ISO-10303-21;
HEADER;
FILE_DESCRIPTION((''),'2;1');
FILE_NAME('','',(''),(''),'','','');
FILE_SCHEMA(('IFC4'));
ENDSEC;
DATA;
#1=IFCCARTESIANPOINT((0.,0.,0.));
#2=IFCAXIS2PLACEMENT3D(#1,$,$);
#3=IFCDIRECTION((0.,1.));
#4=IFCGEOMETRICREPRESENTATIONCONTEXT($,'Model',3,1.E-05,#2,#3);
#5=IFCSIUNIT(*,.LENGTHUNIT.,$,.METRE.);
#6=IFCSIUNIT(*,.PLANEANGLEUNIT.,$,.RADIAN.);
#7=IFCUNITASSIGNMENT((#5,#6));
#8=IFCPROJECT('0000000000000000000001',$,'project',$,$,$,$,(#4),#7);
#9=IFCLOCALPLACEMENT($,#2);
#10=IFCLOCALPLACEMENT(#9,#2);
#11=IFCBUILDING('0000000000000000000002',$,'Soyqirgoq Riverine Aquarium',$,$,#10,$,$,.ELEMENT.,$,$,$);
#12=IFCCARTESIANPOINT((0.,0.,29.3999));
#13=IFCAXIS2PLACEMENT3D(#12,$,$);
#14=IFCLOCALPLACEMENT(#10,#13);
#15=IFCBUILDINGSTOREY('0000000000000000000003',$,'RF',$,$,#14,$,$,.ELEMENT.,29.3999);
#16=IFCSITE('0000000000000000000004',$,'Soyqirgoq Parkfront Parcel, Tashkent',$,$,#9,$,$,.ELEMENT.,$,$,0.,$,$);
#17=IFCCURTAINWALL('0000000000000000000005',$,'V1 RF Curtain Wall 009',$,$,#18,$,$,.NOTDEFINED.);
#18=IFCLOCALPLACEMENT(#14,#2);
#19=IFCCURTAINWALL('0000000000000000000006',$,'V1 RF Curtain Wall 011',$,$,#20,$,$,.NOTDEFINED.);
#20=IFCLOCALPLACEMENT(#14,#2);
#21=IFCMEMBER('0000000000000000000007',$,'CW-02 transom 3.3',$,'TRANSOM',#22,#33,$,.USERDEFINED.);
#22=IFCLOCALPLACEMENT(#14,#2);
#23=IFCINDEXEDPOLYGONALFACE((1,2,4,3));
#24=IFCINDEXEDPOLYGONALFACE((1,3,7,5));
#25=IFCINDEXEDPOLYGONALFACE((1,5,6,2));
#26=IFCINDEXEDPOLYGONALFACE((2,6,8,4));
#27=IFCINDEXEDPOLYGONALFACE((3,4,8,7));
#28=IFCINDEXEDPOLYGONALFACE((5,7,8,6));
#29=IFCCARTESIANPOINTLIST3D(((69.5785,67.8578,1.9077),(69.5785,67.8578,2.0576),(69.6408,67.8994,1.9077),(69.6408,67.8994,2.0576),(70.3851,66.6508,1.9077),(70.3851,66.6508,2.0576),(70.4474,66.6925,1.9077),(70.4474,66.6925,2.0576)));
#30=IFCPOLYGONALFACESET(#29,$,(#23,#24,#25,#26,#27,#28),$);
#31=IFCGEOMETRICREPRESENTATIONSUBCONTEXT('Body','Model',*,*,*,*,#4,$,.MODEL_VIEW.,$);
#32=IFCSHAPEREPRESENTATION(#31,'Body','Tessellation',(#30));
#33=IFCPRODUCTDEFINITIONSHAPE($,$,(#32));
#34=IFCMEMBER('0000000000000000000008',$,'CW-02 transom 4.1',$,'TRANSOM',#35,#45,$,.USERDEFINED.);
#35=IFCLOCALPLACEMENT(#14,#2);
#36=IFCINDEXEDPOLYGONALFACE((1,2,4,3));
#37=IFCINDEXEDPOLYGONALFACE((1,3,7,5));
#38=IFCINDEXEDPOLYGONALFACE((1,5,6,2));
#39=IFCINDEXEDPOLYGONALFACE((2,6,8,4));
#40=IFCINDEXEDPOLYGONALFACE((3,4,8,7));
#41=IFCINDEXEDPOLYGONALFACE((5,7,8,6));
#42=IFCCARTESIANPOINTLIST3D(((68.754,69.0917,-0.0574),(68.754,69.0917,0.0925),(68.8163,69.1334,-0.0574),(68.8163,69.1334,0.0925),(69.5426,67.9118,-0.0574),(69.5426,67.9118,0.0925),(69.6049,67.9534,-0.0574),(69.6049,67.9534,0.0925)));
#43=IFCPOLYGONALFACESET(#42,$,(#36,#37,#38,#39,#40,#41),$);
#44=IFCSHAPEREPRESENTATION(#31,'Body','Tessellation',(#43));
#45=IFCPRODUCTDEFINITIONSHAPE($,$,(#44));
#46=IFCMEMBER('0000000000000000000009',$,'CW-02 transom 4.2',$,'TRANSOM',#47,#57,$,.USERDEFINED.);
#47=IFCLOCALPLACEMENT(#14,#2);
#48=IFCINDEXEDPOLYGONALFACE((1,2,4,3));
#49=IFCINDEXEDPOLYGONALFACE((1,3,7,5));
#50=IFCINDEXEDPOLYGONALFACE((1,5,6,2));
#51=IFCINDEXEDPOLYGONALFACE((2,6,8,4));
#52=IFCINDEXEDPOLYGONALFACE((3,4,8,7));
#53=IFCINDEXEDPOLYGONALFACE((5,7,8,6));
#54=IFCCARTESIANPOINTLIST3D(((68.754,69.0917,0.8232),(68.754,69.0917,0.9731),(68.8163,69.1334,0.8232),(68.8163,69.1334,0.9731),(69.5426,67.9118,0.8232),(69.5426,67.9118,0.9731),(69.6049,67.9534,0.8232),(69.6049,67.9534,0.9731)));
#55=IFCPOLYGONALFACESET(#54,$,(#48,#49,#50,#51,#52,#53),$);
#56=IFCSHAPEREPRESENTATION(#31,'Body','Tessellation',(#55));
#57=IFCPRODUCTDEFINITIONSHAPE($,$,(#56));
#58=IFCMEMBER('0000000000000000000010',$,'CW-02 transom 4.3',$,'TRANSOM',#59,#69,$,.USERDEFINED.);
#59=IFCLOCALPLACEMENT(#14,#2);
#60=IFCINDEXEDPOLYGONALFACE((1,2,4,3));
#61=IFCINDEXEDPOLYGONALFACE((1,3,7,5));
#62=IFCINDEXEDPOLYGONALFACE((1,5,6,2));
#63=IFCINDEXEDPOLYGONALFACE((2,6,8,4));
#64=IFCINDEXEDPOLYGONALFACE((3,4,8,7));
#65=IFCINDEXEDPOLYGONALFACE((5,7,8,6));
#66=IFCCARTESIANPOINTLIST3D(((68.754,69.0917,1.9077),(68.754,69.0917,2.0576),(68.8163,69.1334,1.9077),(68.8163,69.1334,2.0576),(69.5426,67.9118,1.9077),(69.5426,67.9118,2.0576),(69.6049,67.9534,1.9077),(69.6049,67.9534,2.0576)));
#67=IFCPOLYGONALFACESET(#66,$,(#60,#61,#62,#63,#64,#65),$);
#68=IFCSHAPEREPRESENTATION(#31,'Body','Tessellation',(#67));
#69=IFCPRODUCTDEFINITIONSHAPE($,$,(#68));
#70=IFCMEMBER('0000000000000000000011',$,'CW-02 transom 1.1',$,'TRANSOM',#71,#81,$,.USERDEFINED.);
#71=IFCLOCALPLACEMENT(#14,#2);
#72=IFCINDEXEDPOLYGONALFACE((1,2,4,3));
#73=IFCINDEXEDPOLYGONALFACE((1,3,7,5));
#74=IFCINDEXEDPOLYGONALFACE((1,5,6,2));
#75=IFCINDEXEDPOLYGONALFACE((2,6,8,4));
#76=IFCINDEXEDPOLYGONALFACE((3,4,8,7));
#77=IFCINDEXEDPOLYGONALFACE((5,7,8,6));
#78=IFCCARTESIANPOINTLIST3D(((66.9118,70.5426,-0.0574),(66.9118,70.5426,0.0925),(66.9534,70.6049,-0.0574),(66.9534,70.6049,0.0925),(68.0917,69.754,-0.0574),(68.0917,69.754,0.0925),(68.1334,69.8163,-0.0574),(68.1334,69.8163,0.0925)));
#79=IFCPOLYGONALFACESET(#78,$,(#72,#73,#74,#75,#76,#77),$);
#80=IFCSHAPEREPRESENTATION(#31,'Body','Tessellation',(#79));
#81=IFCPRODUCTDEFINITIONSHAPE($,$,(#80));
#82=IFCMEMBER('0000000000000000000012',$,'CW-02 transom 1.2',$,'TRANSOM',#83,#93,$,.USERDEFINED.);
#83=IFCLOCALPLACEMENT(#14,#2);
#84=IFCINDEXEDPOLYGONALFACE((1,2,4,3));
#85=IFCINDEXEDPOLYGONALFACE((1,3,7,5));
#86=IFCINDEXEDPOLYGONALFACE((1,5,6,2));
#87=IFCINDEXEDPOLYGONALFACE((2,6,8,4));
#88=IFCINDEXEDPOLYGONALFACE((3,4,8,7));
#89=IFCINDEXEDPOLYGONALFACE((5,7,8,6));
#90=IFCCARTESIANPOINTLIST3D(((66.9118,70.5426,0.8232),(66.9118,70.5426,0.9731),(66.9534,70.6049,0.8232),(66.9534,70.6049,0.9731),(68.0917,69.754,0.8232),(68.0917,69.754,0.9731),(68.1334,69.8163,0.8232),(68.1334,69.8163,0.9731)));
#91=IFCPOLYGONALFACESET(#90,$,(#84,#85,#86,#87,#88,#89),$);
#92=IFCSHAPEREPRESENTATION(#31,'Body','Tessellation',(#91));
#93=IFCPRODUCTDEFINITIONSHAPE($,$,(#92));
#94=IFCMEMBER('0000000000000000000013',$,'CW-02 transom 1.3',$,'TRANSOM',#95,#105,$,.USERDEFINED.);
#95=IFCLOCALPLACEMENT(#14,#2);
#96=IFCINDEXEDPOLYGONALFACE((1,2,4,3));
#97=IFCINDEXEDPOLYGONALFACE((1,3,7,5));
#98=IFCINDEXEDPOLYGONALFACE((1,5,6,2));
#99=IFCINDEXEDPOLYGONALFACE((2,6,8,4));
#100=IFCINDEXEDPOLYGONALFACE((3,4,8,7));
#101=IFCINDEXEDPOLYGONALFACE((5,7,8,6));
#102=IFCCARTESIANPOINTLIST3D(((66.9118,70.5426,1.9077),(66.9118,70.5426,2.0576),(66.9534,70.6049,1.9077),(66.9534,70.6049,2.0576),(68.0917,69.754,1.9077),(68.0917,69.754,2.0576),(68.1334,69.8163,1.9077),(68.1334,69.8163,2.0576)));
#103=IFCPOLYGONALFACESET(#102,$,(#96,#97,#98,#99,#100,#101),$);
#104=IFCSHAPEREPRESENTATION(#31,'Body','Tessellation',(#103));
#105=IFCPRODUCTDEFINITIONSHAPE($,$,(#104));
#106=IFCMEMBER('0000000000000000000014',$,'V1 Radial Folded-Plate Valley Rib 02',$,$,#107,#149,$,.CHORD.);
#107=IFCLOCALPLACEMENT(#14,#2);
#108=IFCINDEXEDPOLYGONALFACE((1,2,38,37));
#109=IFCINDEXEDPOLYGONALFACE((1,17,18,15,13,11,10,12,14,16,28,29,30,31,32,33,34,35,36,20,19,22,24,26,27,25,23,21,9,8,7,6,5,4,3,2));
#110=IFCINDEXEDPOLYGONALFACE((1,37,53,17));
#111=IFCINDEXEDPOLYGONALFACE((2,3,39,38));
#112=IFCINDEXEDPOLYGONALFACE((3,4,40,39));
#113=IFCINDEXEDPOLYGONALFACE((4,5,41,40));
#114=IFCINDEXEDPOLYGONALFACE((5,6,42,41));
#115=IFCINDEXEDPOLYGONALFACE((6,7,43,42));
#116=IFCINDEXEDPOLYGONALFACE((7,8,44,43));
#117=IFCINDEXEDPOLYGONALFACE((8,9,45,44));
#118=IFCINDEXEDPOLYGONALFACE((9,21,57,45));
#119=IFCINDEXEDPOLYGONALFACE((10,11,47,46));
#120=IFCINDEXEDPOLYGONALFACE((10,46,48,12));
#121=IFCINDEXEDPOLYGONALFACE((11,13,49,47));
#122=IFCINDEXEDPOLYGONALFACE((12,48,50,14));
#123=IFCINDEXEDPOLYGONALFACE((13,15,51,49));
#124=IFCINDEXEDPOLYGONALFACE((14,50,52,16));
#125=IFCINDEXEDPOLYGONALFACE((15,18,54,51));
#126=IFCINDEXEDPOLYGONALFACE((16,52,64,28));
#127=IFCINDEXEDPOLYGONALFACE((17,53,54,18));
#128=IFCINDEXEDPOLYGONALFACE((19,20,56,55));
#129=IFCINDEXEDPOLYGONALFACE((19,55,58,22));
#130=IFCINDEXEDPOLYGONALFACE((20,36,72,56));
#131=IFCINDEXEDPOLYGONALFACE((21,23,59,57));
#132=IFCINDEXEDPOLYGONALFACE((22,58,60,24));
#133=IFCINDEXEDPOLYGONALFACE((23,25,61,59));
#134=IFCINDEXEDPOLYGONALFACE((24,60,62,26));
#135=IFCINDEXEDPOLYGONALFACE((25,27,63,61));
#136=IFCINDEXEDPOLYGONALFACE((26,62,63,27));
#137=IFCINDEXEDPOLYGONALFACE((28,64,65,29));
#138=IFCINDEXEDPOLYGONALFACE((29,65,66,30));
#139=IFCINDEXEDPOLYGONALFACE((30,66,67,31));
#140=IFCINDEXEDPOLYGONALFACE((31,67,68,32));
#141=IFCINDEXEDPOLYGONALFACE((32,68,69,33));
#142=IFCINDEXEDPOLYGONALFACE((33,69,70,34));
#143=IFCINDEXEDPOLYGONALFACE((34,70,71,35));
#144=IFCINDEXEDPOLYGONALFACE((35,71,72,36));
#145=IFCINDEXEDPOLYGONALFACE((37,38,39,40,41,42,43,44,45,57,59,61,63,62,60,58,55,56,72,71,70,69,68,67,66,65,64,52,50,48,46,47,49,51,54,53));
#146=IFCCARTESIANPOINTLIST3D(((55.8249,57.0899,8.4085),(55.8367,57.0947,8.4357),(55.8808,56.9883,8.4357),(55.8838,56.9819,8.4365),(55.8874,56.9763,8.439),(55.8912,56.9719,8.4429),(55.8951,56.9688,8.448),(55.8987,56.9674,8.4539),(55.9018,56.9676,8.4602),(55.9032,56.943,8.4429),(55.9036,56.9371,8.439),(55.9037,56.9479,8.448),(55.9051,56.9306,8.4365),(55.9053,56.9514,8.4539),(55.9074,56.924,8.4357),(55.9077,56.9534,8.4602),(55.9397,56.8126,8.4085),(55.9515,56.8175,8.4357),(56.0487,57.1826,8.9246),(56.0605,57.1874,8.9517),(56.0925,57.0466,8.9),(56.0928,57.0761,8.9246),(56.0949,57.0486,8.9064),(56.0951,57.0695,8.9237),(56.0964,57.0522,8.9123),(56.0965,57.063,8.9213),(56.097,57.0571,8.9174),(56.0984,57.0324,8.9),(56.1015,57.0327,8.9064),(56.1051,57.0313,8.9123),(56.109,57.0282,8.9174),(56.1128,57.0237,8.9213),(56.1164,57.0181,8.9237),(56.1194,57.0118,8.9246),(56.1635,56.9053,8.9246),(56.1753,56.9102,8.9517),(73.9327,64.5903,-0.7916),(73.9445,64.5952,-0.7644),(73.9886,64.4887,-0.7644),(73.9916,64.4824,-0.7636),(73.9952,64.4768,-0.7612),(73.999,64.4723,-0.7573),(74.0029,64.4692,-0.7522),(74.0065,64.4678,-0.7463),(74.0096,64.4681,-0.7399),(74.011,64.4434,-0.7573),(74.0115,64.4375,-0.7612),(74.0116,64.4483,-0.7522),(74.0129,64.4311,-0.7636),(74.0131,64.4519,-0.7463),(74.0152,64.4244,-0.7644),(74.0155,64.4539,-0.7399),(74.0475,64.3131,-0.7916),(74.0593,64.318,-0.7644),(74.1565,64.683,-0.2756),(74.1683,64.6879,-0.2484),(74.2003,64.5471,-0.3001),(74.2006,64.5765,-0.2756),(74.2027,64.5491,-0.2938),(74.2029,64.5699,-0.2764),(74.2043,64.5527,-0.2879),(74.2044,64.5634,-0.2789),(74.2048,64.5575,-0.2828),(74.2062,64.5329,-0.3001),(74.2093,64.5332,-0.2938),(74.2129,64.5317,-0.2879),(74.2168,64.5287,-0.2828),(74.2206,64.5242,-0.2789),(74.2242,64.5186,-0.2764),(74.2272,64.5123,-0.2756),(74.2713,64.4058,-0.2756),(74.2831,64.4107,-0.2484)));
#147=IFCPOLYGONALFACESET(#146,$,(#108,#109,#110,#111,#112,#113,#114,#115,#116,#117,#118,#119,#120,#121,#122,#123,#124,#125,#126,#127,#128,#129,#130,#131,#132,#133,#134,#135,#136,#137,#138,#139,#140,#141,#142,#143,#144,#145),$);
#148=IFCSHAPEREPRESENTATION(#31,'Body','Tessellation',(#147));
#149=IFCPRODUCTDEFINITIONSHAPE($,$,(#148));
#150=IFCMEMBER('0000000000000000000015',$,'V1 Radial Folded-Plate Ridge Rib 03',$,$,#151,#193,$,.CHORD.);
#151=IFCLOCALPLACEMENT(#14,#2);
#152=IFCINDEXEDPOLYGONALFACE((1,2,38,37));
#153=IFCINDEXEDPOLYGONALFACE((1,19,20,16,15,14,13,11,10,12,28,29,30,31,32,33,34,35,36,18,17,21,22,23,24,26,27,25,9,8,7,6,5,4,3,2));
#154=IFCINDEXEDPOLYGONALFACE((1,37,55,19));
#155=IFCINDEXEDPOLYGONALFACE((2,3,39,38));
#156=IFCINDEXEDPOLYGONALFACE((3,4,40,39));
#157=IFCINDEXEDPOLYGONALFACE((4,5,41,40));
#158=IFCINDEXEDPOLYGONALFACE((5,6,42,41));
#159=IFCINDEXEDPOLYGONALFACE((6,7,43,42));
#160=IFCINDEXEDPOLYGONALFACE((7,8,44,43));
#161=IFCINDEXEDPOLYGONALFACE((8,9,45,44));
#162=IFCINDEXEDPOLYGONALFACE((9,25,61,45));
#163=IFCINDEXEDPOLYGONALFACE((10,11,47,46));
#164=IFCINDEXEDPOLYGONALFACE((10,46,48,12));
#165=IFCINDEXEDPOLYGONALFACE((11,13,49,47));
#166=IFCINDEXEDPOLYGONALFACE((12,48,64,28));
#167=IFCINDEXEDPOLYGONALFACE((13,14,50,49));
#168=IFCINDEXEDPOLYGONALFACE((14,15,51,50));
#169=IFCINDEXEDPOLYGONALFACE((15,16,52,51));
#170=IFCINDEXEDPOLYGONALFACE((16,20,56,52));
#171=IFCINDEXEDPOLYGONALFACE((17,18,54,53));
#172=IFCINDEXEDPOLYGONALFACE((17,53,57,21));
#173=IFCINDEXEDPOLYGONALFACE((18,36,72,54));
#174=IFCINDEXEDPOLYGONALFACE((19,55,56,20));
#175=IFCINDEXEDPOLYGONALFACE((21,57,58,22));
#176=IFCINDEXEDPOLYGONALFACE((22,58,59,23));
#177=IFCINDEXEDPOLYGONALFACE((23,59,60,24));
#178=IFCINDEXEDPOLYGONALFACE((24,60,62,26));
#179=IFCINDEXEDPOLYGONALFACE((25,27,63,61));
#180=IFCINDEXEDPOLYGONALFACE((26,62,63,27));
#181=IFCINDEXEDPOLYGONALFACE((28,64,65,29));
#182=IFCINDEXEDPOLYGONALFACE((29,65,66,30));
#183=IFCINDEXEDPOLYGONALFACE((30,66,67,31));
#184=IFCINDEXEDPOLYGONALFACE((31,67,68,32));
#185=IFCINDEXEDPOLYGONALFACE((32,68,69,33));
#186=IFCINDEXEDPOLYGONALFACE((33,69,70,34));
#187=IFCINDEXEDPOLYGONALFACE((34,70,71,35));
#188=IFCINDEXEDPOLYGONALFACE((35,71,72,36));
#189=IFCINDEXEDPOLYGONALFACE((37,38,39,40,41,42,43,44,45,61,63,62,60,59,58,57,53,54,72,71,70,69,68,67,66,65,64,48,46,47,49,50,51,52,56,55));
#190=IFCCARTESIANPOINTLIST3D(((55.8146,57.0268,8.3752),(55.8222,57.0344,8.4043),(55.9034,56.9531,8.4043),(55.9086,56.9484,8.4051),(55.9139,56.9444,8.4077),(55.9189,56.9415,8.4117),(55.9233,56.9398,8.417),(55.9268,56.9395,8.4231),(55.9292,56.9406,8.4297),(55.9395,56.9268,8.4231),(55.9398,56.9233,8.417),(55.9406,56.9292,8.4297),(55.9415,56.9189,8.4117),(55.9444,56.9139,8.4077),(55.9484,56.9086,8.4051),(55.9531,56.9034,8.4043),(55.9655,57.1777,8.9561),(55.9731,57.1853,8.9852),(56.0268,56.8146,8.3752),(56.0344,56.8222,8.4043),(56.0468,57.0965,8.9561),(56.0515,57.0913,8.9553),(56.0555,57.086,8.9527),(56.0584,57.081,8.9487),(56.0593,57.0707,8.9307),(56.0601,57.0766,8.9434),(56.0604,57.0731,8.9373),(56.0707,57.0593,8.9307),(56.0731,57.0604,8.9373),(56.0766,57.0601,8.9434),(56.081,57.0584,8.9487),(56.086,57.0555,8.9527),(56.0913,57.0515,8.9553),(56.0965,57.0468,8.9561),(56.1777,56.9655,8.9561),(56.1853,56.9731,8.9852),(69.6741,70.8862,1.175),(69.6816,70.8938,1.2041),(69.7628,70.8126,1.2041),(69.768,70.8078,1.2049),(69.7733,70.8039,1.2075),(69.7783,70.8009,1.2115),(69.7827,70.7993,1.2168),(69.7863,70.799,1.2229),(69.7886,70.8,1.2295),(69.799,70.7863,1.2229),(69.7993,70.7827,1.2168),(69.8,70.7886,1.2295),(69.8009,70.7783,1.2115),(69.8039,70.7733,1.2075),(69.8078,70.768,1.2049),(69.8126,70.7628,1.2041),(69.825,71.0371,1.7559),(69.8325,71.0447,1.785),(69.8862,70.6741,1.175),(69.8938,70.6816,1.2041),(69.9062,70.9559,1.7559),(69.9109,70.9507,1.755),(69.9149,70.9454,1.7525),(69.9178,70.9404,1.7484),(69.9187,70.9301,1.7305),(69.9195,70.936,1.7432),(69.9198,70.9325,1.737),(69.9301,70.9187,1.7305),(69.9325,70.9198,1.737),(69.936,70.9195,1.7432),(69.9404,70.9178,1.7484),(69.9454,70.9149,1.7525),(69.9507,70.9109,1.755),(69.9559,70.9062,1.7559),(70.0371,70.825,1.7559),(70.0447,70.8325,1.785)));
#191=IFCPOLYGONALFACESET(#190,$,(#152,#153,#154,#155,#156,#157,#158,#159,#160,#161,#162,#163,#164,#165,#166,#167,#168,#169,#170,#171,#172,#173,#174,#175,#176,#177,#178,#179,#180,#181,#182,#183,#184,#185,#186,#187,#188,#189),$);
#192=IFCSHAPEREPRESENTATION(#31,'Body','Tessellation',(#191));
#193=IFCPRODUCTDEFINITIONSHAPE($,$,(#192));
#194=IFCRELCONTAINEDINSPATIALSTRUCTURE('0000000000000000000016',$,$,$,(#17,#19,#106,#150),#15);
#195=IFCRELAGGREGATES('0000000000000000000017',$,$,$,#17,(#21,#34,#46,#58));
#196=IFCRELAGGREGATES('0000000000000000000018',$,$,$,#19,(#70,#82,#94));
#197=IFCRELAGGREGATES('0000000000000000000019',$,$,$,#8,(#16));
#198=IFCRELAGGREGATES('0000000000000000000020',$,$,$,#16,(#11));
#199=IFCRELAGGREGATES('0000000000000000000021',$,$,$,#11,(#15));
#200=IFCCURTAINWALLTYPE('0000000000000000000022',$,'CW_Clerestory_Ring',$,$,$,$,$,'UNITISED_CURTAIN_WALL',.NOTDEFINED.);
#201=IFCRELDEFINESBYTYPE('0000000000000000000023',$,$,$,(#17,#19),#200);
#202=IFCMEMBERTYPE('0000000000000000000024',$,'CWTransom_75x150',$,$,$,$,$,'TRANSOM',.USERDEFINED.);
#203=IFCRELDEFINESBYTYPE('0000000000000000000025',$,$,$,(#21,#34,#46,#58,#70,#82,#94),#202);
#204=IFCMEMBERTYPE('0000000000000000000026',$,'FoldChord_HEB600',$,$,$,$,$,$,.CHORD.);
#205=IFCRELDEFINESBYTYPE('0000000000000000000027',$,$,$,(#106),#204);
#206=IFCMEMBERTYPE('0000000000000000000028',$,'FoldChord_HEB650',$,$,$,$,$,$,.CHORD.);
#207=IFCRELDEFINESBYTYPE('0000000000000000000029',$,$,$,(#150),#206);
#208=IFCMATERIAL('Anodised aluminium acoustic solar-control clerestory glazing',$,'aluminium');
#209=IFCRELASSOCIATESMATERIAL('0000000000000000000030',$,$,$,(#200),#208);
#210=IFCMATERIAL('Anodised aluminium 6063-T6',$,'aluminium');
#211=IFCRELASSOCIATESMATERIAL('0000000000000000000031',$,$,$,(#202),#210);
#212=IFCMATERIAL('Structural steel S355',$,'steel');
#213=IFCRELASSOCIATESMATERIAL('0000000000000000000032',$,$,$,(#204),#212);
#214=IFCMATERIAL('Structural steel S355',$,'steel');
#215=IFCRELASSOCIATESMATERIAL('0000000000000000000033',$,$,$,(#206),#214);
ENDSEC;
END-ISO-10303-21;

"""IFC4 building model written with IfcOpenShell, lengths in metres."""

from ifc_helpers import new_model, si_unit, direction, frame, origin, origin_2d, place, context, subcontext, project, spatial, rectangle, i_section, extrude, material, material_profile, profile_set, type_object, element, aggregate, save


model = new_model("IFC4")

# Units and contexts
model_context = context("Model", 3, precision=1e-05, world=origin(), true_north=direction((0.0, 1.0)))
body_context = subcontext(model_context, "Body", "Model", "MODEL_VIEW")
ifc_project = project(units=[si_unit("LENGTHUNIT", "METRE"), si_unit("PLANEANGLEUNIT", "RADIAN")], contexts=[model_context])

# Site, building, storey
site_placement = place(None, origin())
site = spatial("IfcSite", under=ifc_project, at=site_placement, Name="Soyqirgoq Parkfront Parcel, Tashkent", CompositionType="ELEMENT", RefElevation=0.0)
building_placement = place(site_placement, origin())
building = spatial("IfcBuilding", under=site, at=building_placement, Name="Soyqirgoq Riverine Aquarium", CompositionType="ELEMENT")
storey_placement = place(building_placement, frame((0.0, 0.0, 29.3999)))
storey = spatial("IfcBuildingStorey", under=building, at=storey_placement, Name="RF", CompositionType="ELEMENT", Elevation=29.3999)

# Curtain wall
ifc_material_1 = material(Name="Anodised aluminium acoustic solar-control clerestory glazing", Category="aluminium")
curtain_wall_type = type_object("IfcCurtainWallType", Name="CW_Clerestory_Ring", ElementType="UNITISED_CURTAIN_WALL", PredefinedType="NOTDEFINED", material=ifc_material_1)
curtain_wall_1_placement = place(storey_placement, origin())
curtain_wall_1 = element("IfcCurtainWall", 1, at=curtain_wall_1_placement, inside=storey, type_object=curtain_wall_type, Name="V1 RF Curtain Wall 009", PredefinedType="NOTDEFINED")

# Curtain wall
curtain_wall_2_placement = place(storey_placement, origin())
curtain_wall_2 = element("IfcCurtainWall", 2, at=curtain_wall_2_placement, inside=storey, type_object=curtain_wall_type, Name="V1 RF Curtain Wall 011", PredefinedType="NOTDEFINED")

# Members
ifc_material_2 = material(Name="Anodised aluminium 6063-T6", Category="aluminium")
ifc_material_profile_1 = material_profile(ifc_material_2, rectangle(XDim=0.075, YDim=0.1499, at=origin_2d()), Name="ALU-T 75x150")
ifc_profile_set_1 = profile_set([ifc_material_profile_1], Name="Anodised aluminium 6063-T6")
member_type_1 = type_object("IfcMemberType", Name="CWTransom_75x150", ElementType="TRANSOM", PredefinedType="USERDEFINED", material=ifc_profile_set_1)
member_1_placement = place(storey_placement, frame((70.4163, 66.6716, 1.9827), z_axis=(-0.555631, 0.831429, 0.0), x_axis=(-0.831429, -0.555631, 0.0)))
member_1 = element("IfcMember", 3, at=member_1_placement, type_object=member_type_1, Name="CW-02 transom 3.3", ObjectType="TRANSOM", PredefinedType="USERDEFINED", context=body_context, shape_type="SweptSolid", body=[
    extrude(rectangle(XDim=0.075, YDim=0.1499, at=origin_2d()), origin(), (0.0, 0.0, 1.0), 1.4517),
])
member_2_placement = place(storey_placement, frame((69.5737, 67.9326, 0.0176), z_axis=(-0.555653, 0.831415, 0.0), x_axis=(-0.831415, -0.555653, 0.0)))
member_2 = element("IfcMember", 4, at=member_2_placement, type_object=member_type_1, Name="CW-02 transom 4.1", ObjectType="TRANSOM", PredefinedType="USERDEFINED", context=body_context, shape_type="SweptSolid", body=[
    extrude(rectangle(XDim=0.075, YDim=0.1499, at=origin_2d()), origin(), (0.0, 0.0, 1.0), 1.4192),
])
member_3_placement = place(storey_placement, frame((69.5737, 67.9326, 0.8982), z_axis=(-0.555653, 0.831415, 0.0), x_axis=(-0.831415, -0.555653, 0.0)))
member_3 = element("IfcMember", 5, at=member_3_placement, type_object=member_type_1, Name="CW-02 transom 4.2", ObjectType="TRANSOM", PredefinedType="USERDEFINED", context=body_context, shape_type="SweptSolid", body=[
    extrude(rectangle(XDim=0.075, YDim=0.1499, at=origin_2d()), origin(), (0.0, 0.0, 1.0), 1.4192),
])
member_4_placement = place(storey_placement, frame((69.5737, 67.9326, 1.9827), z_axis=(-0.555653, 0.831415, 0.0), x_axis=(-0.831415, -0.555653, 0.0)))
member_4 = element("IfcMember", 6, at=member_4_placement, type_object=member_type_1, Name="CW-02 transom 4.3", ObjectType="TRANSOM", PredefinedType="USERDEFINED", context=body_context, shape_type="SweptSolid", body=[
    extrude(rectangle(XDim=0.075, YDim=0.1499, at=origin_2d()), origin(), (0.0, 0.0, 1.0), 1.4192),
])
member_5_placement = place(storey_placement, frame((68.1125, 69.7852, 0.0176), z_axis=(-0.831415, 0.555653, 0.0), x_axis=(-0.555653, -0.831415, 0.0)))
member_5 = element("IfcMember", 7, at=member_5_placement, type_object=member_type_1, Name="CW-02 transom 1.1", ObjectType="TRANSOM", PredefinedType="USERDEFINED", context=body_context, shape_type="SweptSolid", body=[
    extrude(rectangle(XDim=0.075, YDim=0.1499, at=origin_2d()), origin(), (0.0, 0.0, 1.0), 1.4192),
])
member_6_placement = place(storey_placement, frame((68.1125, 69.7852, 0.8982), z_axis=(-0.831415, 0.555653, 0.0), x_axis=(-0.555653, -0.831415, 0.0)))
member_6 = element("IfcMember", 8, at=member_6_placement, type_object=member_type_1, Name="CW-02 transom 1.2", ObjectType="TRANSOM", PredefinedType="USERDEFINED", context=body_context, shape_type="SweptSolid", body=[
    extrude(rectangle(XDim=0.075, YDim=0.1499, at=origin_2d()), origin(), (0.0, 0.0, 1.0), 1.4192),
])
member_7_placement = place(storey_placement, frame((68.1125, 69.7852, 1.9827), z_axis=(-0.831415, 0.555653, 0.0), x_axis=(-0.555653, -0.831415, 0.0)))
member_7 = element("IfcMember", 9, at=member_7_placement, type_object=member_type_1, Name="CW-02 transom 1.3", ObjectType="TRANSOM", PredefinedType="USERDEFINED", context=body_context, shape_type="SweptSolid", body=[
    extrude(rectangle(XDim=0.075, YDim=0.1499, at=origin_2d()), origin(), (0.0, 0.0, 1.0), 1.4192),
])

# Members
ifc_material_3 = material(Name="Structural steel S355", Category="steel")
ifc_material_profile_2 = material_profile(ifc_material_3, i_section(OverallWidth=0.3, OverallDepth=0.6001, WebThickness=0.0154, FlangeThickness=0.03, FilletRadius=0.0271, at=origin_2d()), Name="HEB 600")
ifc_profile_set_2 = profile_set([ifc_material_profile_2], Name="Structural steel S355")
member_type_2 = type_object("IfcMemberType", Name="FoldChord_HEB600", PredefinedType="CHORD", material=ifc_profile_set_2)
member_8_placement = place(storey_placement, frame((74.1079, 64.5005, -0.52), z_axis=(-0.836326, -0.346415, 0.424917), x_axis=(0.382681, -0.923881, 0.0)))
element("IfcMember", 10, at=member_8_placement, inside=storey, type_object=member_type_2, Name="V1 Radial Folded-Plate Valley Rib 02", PredefinedType="CHORD", context=body_context, shape_type="SweptSolid", body=[
    extrude(i_section(OverallWidth=0.3, OverallDepth=0.6001, WebThickness=0.0154, FlangeThickness=0.03, FilletRadius=0.0271, at=origin_2d()), origin(), (0.0, 0.0, 1.0), 21.6516),
])
ifc_material_4 = material(Name="Structural steel S355", Category="steel")
ifc_material_profile_3 = material_profile(ifc_material_4, i_section(OverallWidth=0.3, OverallDepth=0.6499, WebThickness=0.0161, FlangeThickness=0.031, FilletRadius=0.0271, at=origin_2d()), Name="HEB 650")
ifc_profile_set_3 = profile_set([ifc_material_profile_3], Name="Structural steel S355")
member_type_3 = type_object("IfcMemberType", Name="FoldChord_HEB650", PredefinedType="CHORD", material=ifc_profile_set_3)
member_9_placement = place(storey_placement, frame((69.8594, 70.8594, 1.48), z_axis=(-0.663738, -0.663738, 0.344824), x_axis=(0.707107, -0.707107, 0.0)))
element("IfcMember", 11, at=member_9_placement, inside=storey, type_object=member_type_3, Name="V1 Radial Folded-Plate Ridge Rib 03", PredefinedType="CHORD", context=body_context, shape_type="SweptSolid", body=[
    extrude(i_section(OverallWidth=0.3, OverallDepth=0.6499, WebThickness=0.0161, FlangeThickness=0.031, FilletRadius=0.0271, at=origin_2d()), origin(), (0.0, 0.0, 1.0), 20.8809),
])

aggregate(curtain_wall_1, [member_1, member_2, member_3, member_4])
aggregate(curtain_wall_2, [member_5, member_6, member_7])

save(model, "model.ifc")
